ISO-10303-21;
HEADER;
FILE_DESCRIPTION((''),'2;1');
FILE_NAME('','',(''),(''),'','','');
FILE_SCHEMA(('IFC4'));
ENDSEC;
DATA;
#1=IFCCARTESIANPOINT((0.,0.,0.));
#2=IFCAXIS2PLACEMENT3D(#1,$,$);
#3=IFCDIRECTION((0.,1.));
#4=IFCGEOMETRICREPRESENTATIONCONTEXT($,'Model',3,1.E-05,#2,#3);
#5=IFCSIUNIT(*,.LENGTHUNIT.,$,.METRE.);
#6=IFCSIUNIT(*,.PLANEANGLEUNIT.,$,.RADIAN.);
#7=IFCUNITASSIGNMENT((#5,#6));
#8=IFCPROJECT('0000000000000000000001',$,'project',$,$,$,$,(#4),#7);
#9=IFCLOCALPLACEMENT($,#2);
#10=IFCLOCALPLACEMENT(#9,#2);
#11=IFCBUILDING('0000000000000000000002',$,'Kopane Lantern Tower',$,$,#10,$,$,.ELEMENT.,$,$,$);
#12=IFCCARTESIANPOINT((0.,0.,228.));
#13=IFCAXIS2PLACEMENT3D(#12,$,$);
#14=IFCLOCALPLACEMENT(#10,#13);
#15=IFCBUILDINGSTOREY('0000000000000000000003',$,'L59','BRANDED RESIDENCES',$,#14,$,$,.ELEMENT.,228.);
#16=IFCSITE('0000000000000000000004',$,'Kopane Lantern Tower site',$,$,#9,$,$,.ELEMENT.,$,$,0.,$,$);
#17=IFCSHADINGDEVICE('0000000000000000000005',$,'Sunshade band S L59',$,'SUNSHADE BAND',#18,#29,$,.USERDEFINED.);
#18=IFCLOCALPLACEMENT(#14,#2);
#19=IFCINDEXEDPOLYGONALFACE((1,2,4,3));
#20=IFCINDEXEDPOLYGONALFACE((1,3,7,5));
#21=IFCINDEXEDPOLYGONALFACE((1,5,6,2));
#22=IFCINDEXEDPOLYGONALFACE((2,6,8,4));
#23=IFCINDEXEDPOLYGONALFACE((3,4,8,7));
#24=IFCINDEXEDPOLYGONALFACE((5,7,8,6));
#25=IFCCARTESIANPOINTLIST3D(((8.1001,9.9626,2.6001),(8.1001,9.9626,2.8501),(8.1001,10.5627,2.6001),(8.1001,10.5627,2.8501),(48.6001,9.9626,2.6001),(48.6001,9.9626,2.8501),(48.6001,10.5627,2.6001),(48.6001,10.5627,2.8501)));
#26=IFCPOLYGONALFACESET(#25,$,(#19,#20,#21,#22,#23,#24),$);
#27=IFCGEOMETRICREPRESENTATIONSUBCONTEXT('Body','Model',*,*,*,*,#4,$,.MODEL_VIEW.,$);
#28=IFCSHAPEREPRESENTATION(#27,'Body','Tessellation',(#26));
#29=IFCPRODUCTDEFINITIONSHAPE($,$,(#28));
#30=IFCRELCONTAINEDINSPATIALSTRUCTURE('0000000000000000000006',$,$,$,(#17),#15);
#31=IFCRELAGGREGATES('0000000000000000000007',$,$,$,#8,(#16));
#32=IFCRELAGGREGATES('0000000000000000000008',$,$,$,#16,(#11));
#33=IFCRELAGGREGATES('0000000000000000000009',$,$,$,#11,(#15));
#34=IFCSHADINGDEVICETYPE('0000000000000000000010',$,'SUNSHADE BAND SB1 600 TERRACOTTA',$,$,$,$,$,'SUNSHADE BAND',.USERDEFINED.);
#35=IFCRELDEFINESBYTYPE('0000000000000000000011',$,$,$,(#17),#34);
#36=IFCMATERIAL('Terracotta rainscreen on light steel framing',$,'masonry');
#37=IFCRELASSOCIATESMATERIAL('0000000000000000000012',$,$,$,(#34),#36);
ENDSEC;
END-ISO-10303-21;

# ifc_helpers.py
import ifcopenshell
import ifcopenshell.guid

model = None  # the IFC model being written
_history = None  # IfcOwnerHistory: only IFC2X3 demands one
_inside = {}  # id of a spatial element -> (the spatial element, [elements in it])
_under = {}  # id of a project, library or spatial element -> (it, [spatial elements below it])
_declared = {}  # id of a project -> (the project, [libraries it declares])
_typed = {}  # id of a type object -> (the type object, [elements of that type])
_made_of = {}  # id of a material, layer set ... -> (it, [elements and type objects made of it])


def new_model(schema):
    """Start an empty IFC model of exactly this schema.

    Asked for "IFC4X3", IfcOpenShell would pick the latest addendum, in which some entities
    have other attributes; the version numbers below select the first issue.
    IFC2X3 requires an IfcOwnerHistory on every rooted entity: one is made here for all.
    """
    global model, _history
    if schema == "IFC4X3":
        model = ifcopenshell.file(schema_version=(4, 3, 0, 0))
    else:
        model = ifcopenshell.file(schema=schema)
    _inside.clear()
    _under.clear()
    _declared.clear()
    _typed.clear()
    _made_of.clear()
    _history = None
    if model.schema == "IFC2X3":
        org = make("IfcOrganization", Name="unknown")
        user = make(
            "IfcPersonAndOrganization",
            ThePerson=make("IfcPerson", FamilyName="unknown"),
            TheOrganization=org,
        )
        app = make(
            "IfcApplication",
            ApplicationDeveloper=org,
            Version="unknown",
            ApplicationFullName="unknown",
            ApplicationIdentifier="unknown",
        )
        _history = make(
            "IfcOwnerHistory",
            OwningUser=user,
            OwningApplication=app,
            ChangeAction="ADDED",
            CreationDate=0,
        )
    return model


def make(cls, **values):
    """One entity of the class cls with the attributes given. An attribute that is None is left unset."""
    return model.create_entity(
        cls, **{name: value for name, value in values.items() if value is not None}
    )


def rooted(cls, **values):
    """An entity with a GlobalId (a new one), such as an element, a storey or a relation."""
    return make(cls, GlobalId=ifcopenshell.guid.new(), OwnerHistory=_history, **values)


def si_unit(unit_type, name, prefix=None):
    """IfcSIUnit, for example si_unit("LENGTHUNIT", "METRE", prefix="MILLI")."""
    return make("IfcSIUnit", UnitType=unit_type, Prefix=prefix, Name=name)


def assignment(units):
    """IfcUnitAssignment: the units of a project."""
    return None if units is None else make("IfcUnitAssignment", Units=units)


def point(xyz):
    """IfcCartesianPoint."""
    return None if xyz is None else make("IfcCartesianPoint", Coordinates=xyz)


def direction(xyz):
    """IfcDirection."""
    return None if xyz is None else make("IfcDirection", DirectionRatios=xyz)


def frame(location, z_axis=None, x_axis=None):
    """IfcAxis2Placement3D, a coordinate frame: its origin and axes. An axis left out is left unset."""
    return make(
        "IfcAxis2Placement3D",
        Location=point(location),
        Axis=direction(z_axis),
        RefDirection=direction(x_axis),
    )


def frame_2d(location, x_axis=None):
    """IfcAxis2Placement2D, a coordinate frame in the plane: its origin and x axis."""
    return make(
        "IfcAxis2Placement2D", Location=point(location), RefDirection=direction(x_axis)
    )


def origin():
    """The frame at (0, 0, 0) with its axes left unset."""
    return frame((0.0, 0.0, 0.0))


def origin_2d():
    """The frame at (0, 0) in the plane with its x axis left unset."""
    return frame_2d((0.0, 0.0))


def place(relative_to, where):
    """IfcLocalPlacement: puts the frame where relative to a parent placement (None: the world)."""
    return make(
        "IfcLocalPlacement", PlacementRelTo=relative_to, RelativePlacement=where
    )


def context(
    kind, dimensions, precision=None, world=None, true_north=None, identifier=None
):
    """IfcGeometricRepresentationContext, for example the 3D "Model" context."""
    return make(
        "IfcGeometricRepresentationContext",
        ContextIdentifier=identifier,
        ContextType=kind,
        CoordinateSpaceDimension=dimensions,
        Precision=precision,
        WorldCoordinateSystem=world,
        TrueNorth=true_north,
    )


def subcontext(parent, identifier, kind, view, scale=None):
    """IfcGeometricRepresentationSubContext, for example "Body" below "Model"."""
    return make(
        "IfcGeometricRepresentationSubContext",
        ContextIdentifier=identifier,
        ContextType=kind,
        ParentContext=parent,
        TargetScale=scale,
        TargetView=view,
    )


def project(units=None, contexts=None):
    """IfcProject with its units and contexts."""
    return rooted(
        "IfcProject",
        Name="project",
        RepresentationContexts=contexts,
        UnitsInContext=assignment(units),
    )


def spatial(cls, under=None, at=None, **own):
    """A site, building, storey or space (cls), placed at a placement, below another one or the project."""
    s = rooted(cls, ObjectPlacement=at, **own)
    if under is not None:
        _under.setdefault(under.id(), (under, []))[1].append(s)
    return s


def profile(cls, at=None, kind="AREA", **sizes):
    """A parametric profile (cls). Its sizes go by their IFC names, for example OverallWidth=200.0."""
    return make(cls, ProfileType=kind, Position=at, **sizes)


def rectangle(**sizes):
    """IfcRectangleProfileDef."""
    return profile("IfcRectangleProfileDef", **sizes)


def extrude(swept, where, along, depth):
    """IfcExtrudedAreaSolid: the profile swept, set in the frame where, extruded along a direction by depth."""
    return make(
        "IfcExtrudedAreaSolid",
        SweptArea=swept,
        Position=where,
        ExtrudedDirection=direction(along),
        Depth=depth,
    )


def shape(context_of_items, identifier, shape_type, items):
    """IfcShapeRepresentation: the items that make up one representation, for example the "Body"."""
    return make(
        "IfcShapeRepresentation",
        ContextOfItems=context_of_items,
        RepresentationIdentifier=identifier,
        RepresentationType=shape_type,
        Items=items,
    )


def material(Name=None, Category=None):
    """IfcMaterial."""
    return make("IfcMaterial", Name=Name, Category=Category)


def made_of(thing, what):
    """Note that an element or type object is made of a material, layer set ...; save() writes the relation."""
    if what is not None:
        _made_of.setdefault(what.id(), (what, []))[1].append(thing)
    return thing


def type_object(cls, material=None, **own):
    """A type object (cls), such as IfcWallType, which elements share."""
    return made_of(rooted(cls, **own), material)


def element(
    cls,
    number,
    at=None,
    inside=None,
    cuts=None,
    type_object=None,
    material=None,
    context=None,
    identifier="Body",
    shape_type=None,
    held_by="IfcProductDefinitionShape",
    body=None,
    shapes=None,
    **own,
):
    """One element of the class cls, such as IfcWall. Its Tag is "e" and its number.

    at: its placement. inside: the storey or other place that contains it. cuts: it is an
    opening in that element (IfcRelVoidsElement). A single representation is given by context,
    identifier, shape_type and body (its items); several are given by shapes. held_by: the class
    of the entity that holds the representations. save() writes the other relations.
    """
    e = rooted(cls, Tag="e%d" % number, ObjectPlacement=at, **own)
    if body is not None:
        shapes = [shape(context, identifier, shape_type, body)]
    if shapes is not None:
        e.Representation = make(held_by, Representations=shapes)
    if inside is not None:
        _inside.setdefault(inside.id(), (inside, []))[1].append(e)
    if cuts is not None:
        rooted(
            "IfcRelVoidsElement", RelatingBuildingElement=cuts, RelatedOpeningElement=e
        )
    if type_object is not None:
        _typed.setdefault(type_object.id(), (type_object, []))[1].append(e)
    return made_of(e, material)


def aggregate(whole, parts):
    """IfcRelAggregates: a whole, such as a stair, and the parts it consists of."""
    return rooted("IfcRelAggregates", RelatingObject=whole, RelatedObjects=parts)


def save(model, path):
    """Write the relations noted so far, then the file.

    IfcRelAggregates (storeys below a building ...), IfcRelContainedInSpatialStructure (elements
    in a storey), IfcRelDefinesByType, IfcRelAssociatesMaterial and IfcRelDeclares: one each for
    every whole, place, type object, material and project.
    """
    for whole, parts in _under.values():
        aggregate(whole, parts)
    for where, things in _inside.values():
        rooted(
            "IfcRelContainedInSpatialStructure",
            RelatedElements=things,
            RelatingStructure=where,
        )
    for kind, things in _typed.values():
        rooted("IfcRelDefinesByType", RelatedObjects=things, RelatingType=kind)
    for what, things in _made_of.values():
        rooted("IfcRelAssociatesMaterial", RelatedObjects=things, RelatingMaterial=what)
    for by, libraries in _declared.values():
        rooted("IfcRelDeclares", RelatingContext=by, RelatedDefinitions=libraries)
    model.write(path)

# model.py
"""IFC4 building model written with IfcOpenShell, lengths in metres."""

from ifc_helpers import new_model, si_unit, direction, frame, origin, origin_2d, place, context, subcontext, project, spatial, rectangle, extrude, material, type_object, element, save


model = new_model("IFC4")

# Units and contexts
model_context = context("Model", 3, precision=1e-05, world=origin(), true_north=direction((0.0, 1.0)))
body_context = subcontext(model_context, "Body", "Model", "MODEL_VIEW")
ifc_project = project(units=[si_unit("LENGTHUNIT", "METRE"), si_unit("PLANEANGLEUNIT", "RADIAN")], contexts=[model_context])

# Site, building, storey
site_placement = place(None, origin())
site = spatial("IfcSite", under=ifc_project, at=site_placement, Name="Kopane Lantern Tower site", CompositionType="ELEMENT", RefElevation=0.0)
building_placement = place(site_placement, origin())
building = spatial("IfcBuilding", under=site, at=building_placement, Name="Kopane Lantern Tower", CompositionType="ELEMENT")
storey_placement = place(building_placement, frame((0.0, 0.0, 228.0)))
storey = spatial("IfcBuildingStorey", under=building, at=storey_placement, Name="L59", Description="BRANDED RESIDENCES", CompositionType="ELEMENT", Elevation=228.0)

# Shading device
ifc_material_1 = material(Name="Terracotta rainscreen on light steel framing", Category="masonry")
shading_device_type = type_object("IfcShadingDeviceType", Name="SUNSHADE BAND SB1 600 TERRACOTTA", ElementType="SUNSHADE BAND", PredefinedType="USERDEFINED", material=ifc_material_1)
shading_device_placement = place(storey_placement, frame((28.3501, 10.2627, 2.6001), z_axis=(0.0, 0.0, 1.0), x_axis=(1.0, 0.0, 0.0)))
element("IfcShadingDevice", 1, at=shading_device_placement, inside=storey, type_object=shading_device_type, Name="Sunshade band S L59", ObjectType="SUNSHADE BAND", PredefinedType="USERDEFINED", context=body_context, shape_type="SweptSolid", body=[
    extrude(rectangle(XDim=40.5, YDim=0.6001, at=origin_2d()), origin(), (0.0, 0.0, 1.0), 0.25),
])

save(model, "model.ifc")
